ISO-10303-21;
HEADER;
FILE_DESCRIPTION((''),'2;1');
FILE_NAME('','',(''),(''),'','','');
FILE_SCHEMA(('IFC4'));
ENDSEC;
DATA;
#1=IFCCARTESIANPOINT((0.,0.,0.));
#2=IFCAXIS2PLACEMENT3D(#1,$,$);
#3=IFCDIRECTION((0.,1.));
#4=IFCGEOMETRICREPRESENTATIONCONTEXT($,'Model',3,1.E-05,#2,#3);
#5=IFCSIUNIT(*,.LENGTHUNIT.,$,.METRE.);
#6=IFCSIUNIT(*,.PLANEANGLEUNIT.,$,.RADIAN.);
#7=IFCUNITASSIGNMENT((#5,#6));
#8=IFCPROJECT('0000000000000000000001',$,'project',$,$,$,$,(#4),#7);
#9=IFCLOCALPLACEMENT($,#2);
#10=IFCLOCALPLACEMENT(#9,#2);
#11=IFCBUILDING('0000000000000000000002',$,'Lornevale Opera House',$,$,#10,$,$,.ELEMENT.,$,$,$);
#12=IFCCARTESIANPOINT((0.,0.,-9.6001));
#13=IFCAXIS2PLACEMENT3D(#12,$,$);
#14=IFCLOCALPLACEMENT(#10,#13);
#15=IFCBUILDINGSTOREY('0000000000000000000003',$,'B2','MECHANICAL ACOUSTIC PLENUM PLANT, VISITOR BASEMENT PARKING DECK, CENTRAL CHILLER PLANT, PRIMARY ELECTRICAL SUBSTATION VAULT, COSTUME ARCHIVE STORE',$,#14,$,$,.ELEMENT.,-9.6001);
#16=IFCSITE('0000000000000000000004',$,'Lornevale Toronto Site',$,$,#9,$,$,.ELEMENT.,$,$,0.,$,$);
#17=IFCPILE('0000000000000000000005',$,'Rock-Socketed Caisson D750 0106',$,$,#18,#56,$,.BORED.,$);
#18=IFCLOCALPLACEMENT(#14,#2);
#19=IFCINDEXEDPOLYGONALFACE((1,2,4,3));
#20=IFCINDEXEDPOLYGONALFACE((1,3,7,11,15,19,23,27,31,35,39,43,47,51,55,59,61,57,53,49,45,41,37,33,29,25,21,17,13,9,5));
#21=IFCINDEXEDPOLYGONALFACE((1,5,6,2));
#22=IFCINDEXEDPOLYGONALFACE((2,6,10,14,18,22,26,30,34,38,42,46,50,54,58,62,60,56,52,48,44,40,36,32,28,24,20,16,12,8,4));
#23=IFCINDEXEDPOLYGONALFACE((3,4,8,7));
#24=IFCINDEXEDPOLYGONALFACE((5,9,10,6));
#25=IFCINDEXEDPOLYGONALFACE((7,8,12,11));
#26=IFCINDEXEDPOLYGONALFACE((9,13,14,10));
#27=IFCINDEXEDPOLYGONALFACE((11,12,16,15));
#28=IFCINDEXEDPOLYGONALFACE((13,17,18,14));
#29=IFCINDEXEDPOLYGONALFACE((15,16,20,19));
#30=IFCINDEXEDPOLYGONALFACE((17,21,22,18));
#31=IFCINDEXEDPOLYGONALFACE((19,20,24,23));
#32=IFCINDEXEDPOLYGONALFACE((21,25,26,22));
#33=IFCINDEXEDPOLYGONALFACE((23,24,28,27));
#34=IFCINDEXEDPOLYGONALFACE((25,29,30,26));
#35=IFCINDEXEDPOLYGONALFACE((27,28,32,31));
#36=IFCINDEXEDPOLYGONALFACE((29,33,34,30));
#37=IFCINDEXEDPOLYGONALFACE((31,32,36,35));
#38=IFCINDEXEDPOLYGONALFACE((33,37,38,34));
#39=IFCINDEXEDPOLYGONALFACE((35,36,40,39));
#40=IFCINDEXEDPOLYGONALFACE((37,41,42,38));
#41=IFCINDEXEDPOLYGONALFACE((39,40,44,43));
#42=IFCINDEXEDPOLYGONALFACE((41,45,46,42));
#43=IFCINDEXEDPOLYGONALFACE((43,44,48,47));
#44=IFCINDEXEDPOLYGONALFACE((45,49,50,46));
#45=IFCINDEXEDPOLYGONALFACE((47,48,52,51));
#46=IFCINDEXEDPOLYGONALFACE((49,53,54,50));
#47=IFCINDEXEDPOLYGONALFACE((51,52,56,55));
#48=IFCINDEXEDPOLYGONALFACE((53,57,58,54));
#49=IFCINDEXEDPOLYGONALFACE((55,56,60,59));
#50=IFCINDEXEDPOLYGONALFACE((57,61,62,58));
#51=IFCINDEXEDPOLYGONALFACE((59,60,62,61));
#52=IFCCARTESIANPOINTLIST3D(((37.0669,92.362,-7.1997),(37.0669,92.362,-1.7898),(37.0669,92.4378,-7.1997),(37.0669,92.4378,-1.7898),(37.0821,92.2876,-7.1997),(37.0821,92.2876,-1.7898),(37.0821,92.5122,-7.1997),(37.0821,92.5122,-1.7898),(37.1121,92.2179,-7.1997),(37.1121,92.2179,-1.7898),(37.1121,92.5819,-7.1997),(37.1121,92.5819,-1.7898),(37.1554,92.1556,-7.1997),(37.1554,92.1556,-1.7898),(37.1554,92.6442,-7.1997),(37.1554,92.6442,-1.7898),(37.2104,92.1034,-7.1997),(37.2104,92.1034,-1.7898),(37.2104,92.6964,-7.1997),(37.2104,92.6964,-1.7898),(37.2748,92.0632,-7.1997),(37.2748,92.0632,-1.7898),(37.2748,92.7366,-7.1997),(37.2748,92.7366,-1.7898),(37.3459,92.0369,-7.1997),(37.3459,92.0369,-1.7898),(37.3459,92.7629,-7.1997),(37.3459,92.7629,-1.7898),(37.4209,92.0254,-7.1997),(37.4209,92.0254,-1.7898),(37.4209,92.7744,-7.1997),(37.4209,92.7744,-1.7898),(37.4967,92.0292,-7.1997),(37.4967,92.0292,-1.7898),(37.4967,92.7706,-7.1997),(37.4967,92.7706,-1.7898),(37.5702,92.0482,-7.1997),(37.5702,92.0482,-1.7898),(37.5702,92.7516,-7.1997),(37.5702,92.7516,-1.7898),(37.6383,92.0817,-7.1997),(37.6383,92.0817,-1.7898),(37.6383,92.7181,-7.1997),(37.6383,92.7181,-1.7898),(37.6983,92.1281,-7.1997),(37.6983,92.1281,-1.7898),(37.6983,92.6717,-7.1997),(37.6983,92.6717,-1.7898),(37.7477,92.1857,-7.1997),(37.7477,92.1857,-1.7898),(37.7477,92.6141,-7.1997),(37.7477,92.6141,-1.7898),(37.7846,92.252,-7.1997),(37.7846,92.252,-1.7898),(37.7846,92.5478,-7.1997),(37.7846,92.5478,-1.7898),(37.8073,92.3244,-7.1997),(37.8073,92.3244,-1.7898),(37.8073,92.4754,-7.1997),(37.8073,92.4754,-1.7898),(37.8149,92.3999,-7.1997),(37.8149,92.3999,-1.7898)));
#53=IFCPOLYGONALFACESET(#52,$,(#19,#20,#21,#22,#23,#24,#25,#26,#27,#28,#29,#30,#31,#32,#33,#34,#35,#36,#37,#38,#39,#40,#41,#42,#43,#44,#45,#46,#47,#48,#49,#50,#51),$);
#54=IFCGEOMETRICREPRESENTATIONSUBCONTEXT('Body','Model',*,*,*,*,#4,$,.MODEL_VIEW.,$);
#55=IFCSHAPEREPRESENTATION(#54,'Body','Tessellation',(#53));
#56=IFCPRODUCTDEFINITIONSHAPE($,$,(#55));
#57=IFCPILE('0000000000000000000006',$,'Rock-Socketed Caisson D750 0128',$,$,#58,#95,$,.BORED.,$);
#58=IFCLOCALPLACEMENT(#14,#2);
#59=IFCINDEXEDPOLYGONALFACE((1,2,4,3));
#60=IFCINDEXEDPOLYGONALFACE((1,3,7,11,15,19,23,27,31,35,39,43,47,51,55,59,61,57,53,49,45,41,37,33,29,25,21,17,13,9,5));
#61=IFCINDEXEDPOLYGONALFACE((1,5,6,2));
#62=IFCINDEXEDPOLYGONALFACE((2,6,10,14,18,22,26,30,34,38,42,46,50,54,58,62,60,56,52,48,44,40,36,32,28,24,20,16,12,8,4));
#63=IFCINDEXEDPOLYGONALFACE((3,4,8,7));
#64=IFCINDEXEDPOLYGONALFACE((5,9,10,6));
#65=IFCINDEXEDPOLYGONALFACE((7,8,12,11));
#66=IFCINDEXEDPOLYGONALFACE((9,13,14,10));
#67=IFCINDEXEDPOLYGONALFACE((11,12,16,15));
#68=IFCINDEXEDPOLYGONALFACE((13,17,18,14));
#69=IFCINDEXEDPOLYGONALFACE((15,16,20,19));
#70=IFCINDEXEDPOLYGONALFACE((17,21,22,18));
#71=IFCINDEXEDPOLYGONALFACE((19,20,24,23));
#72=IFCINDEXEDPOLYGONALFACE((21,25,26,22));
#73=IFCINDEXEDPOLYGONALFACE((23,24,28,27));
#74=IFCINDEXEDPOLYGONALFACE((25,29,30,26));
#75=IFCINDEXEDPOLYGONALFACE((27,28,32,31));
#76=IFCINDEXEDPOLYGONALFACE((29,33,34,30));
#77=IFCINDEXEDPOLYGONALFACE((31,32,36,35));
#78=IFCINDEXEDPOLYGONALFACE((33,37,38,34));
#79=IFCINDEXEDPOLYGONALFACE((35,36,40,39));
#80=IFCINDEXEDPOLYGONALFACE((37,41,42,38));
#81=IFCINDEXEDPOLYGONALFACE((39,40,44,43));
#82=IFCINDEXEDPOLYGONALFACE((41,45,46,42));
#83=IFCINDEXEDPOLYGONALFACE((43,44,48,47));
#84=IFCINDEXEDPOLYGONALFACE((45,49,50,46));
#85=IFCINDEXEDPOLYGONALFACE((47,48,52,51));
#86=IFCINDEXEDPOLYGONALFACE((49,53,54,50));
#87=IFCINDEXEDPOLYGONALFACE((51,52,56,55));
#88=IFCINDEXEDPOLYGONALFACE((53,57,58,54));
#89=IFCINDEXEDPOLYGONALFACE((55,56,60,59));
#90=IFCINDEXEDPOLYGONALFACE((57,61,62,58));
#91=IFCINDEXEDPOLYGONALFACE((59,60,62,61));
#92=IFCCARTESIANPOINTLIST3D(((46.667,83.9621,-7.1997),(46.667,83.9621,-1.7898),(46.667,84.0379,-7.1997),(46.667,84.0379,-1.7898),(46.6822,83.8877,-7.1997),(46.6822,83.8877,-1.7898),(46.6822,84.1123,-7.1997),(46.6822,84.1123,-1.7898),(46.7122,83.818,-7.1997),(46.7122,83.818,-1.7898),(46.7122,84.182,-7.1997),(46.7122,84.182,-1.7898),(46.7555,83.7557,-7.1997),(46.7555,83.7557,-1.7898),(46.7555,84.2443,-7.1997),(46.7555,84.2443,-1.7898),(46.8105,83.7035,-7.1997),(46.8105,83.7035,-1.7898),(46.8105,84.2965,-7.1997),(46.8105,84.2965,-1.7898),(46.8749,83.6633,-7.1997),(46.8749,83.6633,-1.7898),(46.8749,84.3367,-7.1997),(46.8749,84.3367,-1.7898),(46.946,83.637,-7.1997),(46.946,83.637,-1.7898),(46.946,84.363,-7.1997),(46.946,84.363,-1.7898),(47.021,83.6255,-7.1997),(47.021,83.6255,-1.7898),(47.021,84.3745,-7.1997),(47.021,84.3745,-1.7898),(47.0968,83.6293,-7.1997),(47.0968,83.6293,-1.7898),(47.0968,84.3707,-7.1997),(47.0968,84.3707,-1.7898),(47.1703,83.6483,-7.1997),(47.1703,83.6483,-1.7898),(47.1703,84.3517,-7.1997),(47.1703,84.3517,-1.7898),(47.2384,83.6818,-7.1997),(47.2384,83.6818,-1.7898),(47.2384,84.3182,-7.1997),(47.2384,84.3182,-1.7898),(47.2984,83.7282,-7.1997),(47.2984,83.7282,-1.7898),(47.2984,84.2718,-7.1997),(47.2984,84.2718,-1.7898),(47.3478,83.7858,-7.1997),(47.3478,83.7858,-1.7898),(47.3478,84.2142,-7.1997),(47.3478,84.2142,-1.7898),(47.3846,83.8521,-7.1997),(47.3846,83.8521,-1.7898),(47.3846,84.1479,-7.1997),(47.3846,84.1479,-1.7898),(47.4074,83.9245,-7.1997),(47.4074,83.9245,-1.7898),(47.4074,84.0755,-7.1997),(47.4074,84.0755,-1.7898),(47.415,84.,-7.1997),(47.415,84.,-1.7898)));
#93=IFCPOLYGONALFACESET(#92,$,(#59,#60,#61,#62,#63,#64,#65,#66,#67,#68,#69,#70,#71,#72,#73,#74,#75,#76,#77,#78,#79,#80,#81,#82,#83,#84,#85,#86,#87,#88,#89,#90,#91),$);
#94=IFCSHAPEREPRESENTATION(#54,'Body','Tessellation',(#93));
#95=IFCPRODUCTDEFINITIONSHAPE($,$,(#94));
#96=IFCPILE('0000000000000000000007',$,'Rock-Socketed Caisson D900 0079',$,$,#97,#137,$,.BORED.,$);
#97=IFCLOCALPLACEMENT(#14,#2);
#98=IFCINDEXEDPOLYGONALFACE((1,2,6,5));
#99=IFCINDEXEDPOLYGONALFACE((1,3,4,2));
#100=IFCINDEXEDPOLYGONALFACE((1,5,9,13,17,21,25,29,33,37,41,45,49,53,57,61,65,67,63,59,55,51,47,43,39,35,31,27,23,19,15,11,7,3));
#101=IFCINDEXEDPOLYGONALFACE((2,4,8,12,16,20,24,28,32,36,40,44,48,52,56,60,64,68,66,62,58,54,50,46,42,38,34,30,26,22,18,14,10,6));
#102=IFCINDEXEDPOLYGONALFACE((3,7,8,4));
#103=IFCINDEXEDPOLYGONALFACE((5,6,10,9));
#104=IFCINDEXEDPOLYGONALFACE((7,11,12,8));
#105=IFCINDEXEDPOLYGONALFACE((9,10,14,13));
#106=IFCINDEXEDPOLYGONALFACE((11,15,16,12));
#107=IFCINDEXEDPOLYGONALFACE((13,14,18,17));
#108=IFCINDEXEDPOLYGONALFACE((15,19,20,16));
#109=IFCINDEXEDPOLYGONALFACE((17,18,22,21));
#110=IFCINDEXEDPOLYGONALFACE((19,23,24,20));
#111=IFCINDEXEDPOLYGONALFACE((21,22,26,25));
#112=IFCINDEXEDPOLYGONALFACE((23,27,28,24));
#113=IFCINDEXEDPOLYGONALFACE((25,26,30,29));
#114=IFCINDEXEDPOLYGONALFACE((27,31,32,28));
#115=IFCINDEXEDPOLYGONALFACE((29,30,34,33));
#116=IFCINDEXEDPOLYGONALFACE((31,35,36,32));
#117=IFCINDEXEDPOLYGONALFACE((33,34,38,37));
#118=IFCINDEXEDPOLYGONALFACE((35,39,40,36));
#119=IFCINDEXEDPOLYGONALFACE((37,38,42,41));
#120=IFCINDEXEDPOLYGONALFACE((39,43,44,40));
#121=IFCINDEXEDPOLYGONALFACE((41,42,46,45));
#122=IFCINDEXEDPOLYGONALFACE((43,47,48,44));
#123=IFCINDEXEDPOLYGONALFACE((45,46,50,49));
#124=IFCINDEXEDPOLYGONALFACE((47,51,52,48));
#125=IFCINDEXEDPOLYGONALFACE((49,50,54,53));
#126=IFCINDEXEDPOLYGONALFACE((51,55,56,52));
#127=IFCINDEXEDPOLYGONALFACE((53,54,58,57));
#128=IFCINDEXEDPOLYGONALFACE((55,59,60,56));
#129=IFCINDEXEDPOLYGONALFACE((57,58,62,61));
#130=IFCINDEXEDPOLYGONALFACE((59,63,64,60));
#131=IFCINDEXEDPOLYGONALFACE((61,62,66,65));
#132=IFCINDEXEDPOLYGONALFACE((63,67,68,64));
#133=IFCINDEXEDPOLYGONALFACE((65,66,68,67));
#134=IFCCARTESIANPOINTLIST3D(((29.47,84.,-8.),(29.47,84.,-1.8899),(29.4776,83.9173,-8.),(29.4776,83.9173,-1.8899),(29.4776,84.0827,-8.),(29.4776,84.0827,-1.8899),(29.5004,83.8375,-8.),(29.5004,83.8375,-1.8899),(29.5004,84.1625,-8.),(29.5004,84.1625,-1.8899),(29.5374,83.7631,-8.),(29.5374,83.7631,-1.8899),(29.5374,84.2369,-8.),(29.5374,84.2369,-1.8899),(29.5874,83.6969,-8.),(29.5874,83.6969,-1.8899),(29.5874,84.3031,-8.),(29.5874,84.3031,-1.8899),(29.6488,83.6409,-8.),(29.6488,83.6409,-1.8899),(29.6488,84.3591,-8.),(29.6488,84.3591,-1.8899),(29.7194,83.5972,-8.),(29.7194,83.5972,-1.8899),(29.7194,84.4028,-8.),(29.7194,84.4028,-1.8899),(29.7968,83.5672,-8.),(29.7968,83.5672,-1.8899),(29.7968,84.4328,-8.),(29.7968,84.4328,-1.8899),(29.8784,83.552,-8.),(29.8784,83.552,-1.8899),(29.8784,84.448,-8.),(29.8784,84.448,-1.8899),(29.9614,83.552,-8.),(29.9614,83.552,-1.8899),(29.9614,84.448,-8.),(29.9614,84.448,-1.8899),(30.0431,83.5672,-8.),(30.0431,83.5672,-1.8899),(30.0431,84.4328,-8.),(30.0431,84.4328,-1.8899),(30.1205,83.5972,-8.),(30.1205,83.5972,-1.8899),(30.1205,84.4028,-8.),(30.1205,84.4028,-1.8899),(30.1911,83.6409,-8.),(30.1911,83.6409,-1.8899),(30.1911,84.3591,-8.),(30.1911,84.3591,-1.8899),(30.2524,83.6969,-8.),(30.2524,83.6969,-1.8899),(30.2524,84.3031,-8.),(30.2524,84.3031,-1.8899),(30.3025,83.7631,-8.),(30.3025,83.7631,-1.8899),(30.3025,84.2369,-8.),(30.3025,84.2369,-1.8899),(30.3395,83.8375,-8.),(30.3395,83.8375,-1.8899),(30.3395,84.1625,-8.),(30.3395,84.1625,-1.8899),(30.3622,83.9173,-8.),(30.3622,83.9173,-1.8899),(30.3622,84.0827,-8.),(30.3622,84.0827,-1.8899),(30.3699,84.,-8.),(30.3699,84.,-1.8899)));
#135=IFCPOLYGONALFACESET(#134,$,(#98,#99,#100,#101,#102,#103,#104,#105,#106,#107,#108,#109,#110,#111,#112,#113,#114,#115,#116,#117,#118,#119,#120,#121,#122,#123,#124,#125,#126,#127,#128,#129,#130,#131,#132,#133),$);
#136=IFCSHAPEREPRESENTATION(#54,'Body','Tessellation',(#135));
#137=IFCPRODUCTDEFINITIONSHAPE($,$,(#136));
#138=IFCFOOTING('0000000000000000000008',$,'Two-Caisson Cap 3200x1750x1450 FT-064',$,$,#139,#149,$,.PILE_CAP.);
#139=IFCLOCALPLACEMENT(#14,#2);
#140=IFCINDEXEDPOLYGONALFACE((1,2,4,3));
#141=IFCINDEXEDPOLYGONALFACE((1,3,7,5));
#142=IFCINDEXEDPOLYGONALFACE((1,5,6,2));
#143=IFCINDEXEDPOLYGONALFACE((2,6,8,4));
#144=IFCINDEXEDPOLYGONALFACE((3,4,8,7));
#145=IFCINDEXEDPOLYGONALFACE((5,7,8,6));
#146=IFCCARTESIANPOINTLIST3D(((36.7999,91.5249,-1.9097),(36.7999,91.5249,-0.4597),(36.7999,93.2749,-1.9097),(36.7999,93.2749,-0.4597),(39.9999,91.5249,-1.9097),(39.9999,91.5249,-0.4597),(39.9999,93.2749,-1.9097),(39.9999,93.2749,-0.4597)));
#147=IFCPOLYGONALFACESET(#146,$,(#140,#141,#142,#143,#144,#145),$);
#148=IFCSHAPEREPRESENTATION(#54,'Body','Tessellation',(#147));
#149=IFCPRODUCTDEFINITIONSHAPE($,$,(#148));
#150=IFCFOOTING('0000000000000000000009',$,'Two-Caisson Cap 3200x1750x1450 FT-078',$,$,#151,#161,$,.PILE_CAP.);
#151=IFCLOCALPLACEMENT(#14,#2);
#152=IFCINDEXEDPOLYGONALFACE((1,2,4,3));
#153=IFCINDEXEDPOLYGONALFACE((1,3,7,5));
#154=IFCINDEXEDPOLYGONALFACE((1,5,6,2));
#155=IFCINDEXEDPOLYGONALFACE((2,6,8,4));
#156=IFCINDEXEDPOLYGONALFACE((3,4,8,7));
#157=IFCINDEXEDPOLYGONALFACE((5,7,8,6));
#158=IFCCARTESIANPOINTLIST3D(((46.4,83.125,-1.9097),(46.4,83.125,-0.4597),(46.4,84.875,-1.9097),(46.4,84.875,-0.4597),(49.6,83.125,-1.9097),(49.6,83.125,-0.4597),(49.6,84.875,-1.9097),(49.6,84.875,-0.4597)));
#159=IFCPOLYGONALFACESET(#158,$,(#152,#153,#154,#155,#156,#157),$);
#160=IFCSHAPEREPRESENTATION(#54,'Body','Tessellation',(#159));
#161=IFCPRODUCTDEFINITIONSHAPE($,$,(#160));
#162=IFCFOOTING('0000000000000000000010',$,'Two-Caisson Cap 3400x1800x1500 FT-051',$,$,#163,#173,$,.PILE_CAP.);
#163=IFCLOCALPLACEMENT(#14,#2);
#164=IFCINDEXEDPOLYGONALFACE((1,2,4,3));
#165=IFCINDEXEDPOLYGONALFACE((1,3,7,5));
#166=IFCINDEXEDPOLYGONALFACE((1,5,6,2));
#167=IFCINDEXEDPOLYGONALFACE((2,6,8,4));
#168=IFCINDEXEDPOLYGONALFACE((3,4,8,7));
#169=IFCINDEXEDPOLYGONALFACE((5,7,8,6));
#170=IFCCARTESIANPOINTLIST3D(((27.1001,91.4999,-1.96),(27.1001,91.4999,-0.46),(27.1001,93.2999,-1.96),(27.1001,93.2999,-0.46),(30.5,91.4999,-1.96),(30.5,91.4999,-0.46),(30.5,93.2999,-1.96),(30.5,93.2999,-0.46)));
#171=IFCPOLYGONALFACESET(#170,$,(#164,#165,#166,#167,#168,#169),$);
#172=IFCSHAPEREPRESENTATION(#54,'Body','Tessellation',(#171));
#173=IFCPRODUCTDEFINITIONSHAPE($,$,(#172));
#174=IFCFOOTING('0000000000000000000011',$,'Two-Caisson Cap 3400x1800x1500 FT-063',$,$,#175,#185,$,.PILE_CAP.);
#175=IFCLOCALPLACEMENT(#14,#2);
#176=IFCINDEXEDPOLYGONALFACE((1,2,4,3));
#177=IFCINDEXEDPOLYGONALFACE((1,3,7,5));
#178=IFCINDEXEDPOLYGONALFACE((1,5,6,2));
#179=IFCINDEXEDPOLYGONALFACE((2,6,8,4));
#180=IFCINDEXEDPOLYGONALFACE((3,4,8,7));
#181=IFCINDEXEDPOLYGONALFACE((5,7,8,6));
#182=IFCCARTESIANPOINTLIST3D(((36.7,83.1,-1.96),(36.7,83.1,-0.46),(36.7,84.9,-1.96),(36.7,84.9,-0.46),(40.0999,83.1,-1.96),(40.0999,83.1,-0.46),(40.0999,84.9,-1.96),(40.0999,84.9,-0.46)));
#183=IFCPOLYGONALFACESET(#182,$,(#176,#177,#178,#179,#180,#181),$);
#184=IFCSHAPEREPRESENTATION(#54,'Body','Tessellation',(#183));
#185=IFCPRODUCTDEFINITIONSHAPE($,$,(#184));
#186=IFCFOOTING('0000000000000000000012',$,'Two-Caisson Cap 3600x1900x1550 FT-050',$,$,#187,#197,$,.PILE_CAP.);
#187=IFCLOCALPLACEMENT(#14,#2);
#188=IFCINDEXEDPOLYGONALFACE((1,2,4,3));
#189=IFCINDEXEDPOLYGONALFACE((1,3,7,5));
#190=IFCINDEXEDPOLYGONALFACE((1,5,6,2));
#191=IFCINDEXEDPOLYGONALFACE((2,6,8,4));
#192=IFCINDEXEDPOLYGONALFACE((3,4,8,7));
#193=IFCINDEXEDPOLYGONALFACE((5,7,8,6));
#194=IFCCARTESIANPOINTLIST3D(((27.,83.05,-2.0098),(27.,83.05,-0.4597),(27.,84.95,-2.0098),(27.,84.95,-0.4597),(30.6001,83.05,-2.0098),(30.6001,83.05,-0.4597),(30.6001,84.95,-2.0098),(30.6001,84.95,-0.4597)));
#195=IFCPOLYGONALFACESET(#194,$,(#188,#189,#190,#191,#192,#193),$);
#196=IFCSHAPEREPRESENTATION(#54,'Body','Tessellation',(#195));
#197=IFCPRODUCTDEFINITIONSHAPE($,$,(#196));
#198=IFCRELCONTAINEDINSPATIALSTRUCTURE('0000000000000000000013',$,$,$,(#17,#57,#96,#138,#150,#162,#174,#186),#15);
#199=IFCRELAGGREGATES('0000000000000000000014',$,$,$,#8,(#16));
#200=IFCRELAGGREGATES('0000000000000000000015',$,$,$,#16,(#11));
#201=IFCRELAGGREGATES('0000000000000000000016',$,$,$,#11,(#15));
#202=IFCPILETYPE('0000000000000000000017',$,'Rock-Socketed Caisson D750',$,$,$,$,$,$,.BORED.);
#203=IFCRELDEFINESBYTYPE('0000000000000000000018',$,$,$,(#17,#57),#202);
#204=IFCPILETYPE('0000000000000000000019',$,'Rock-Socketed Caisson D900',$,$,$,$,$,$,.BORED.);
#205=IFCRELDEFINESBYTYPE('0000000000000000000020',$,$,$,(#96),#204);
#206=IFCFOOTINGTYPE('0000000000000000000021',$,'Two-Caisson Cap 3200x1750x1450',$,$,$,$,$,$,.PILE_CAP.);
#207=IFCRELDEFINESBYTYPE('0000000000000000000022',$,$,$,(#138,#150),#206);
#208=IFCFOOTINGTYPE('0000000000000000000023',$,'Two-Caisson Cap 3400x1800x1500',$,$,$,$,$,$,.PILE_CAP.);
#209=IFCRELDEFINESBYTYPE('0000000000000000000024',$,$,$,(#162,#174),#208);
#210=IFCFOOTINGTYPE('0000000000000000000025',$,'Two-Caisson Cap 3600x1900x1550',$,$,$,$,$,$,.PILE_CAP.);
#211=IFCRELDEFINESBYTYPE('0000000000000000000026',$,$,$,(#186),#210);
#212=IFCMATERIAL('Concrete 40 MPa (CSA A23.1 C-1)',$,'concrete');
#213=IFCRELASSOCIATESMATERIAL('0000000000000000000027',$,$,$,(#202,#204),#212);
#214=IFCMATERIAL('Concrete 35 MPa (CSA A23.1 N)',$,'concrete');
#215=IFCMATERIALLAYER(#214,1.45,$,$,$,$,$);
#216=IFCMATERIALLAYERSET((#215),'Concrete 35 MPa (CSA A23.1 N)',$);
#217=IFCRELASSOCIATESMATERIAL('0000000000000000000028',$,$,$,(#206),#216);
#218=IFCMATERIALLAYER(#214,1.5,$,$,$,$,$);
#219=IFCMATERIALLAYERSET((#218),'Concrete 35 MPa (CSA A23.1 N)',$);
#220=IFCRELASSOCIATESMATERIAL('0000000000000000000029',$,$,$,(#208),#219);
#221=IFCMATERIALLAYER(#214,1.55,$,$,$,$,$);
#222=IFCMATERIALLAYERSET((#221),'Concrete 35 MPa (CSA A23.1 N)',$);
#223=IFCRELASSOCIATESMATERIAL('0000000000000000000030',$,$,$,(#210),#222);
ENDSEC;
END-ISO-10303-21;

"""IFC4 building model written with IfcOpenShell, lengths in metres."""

from ifc_helpers import new_model, si_unit, direction, frame, origin, origin_2d, place, context, subcontext, project, spatial, rectangle, circle, extrude, material, layer, layer_set, material_profile, profile_set, type_object, element, save


model = new_model("IFC4")

# Units and contexts
model_context = context("Model", 3, precision=1e-05, world=origin(), true_north=direction((0.0, 1.0)))
body_context = subcontext(model_context, "Body", "Model", "MODEL_VIEW")
ifc_project = project(units=[si_unit("LENGTHUNIT", "METRE"), si_unit("PLANEANGLEUNIT", "RADIAN")], contexts=[model_context])

# Site, building, storey
site_placement = place(None, origin())
site = spatial("IfcSite", under=ifc_project, at=site_placement, Name="Lornevale Toronto Site", CompositionType="ELEMENT", RefElevation=0.0)
building_placement = place(site_placement, origin())
building = spatial("IfcBuilding", under=site, at=building_placement, Name="Lornevale Opera House", CompositionType="ELEMENT")
storey_placement = place(building_placement, frame((0.0, 0.0, -9.6001)))
storey = spatial("IfcBuildingStorey", under=building, at=storey_placement, Name="B2", Description="MECHANICAL ACOUSTIC PLENUM PLANT, VISITOR BASEMENT PARKING DECK, CENTRAL CHILLER PLANT, PRIMARY ELECTRICAL SUBSTATION VAULT, COSTUME ARCHIVE STORE", CompositionType="ELEMENT", Elevation=-9.6001)

# Shared definitions
ifc_material_1 = material(Name="Concrete 35 MPa (CSA A23.1 N)", Category="concrete")

# Piles
ifc_material_2 = material(Name="Concrete 40 MPa (CSA A23.1 C-1)", Category="concrete")
ifc_material_profile_1 = material_profile(ifc_material_2, circle(Radius=0.375, at=origin_2d()), Name="CAIS750")
ifc_profile_set_1 = profile_set([ifc_material_profile_1], Name="Concrete 40 MPa (CSA A23.1 C-1)")
pile_type_1 = type_object("IfcPileType", Name="Rock-Socketed Caisson D750", PredefinedType="BORED", material=ifc_profile_set_1)
for number, where, z_axis, x_axis, name in (
    (1, (37.4399, 92.3999, -1.7898), (0.0, 0.0, -1.0), (1.0, 0.0, 0.0), "Rock-Socketed Caisson D750 0106"),
    (2, (47.04, 84.0, -1.7898), (0.0, 0.0, -1.0), (1.0, 0.0, 0.0), "Rock-Socketed Caisson D750 0128"),
):
    element("IfcPile", number, at=place(storey_placement, frame(where, z_axis=z_axis, x_axis=x_axis)), inside=storey, type_object=pile_type_1, Name=name, PredefinedType="BORED", context=body_context, shape_type="SweptSolid", body=[
        extrude(circle(Radius=0.375, at=origin_2d()), origin(), (0.0, 0.0, 1.0), 5.4099),
    ])
ifc_material_profile_2 = material_profile(ifc_material_2, circle(Radius=0.45, at=origin_2d()), Name="CAIS900")
ifc_profile_set_2 = profile_set([ifc_material_profile_2], Name="Concrete 40 MPa (CSA A23.1 C-1)")
pile_type_2 = type_object("IfcPileType", Name="Rock-Socketed Caisson D900", PredefinedType="BORED", material=ifc_profile_set_2)
pile_placement = place(storey_placement, frame((29.9199, 84.0, -1.8899), z_axis=(0.0, 0.0, -1.0), x_axis=(1.0, 0.0, 0.0)))
element("IfcPile", 3, at=pile_placement, inside=storey, type_object=pile_type_2, Name="Rock-Socketed Caisson D900 0079", PredefinedType="BORED", context=body_context, shape_type="SweptSolid", body=[
    extrude(circle(Radius=0.45, at=origin_2d()), origin(), (0.0, 0.0, 1.0), 6.1101),
])

# Footings
ifc_layer_1 = layer(ifc_material_1, 1.45)
ifc_layer_set_1 = layer_set([ifc_layer_1], Name="Concrete 35 MPa (CSA A23.1 N)")
footing_type_1 = type_object("IfcFootingType", Name="Two-Caisson Cap 3200x1750x1450", PredefinedType="PILE_CAP", material=ifc_layer_set_1)
for number, where, z_axis, x_axis, name in (
    (4, (38.3999, 92.3999, -1.9097), (0.0, 0.0, 1.0), (1.0, 0.0, 0.0), "Two-Caisson Cap 3200x1750x1450 FT-064"),
    (5, (48.0, 84.0, -1.9097), (0.0, 0.0, 1.0), (1.0, 0.0, 0.0), "Two-Caisson Cap 3200x1750x1450 FT-078"),
):
    element("IfcFooting", number, at=place(storey_placement, frame(where, z_axis=z_axis, x_axis=x_axis)), inside=storey, type_object=footing_type_1, Name=name, PredefinedType="PILE_CAP", context=body_context, shape_type="SweptSolid", body=[
        extrude(rectangle(XDim=3.2, YDim=1.75, at=origin_2d()), origin(), (0.0, 0.0, 1.0), 1.45),
    ])
ifc_layer_2 = layer(ifc_material_1, 1.5)
ifc_layer_set_2 = layer_set([ifc_layer_2], Name="Concrete 35 MPa (CSA A23.1 N)")
footing_type_2 = type_object("IfcFootingType", Name="Two-Caisson Cap 3400x1800x1500", PredefinedType="PILE_CAP", material=ifc_layer_set_2)
for number, where, z_axis, x_axis, name in (
    (6, (28.8, 92.3999, -1.96), (0.0, 0.0, 1.0), (1.0, 0.0, 0.0), "Two-Caisson Cap 3400x1800x1500 FT-051"),
    (7, (38.3999, 84.0, -1.96), (0.0, 0.0, 1.0), (1.0, 0.0, 0.0), "Two-Caisson Cap 3400x1800x1500 FT-063"),
):
    element("IfcFooting", number, at=place(storey_placement, frame(where, z_axis=z_axis, x_axis=x_axis)), inside=storey, type_object=footing_type_2, Name=name, PredefinedType="PILE_CAP", context=body_context, shape_type="SweptSolid", body=[
        extrude(rectangle(XDim=3.3999, YDim=1.8, at=origin_2d()), origin(), (0.0, 0.0, 1.0), 1.5),
    ])
ifc_layer_3 = layer(ifc_material_1, 1.55)
ifc_layer_set_3 = layer_set([ifc_layer_3], Name="Concrete 35 MPa (CSA A23.1 N)")
footing_type_3 = type_object("IfcFootingType", Name="Two-Caisson Cap 3600x1900x1550", PredefinedType="PILE_CAP", material=ifc_layer_set_3)
footing_1_placement = place(storey_placement, frame((28.8, 84.0, -2.0098), z_axis=(0.0, 0.0, 1.0), x_axis=(1.0, 0.0, 0.0)))
element("IfcFooting", 8, at=footing_1_placement, inside=storey, type_object=footing_type_3, Name="Two-Caisson Cap 3600x1900x1550 FT-050", PredefinedType="PILE_CAP", context=body_context, shape_type="SweptSolid", body=[
    extrude(rectangle(XDim=3.6001, YDim=1.8999, at=origin_2d()), origin(), (0.0, 0.0, 1.0), 1.55),
])

save(model, "model.ifc")
